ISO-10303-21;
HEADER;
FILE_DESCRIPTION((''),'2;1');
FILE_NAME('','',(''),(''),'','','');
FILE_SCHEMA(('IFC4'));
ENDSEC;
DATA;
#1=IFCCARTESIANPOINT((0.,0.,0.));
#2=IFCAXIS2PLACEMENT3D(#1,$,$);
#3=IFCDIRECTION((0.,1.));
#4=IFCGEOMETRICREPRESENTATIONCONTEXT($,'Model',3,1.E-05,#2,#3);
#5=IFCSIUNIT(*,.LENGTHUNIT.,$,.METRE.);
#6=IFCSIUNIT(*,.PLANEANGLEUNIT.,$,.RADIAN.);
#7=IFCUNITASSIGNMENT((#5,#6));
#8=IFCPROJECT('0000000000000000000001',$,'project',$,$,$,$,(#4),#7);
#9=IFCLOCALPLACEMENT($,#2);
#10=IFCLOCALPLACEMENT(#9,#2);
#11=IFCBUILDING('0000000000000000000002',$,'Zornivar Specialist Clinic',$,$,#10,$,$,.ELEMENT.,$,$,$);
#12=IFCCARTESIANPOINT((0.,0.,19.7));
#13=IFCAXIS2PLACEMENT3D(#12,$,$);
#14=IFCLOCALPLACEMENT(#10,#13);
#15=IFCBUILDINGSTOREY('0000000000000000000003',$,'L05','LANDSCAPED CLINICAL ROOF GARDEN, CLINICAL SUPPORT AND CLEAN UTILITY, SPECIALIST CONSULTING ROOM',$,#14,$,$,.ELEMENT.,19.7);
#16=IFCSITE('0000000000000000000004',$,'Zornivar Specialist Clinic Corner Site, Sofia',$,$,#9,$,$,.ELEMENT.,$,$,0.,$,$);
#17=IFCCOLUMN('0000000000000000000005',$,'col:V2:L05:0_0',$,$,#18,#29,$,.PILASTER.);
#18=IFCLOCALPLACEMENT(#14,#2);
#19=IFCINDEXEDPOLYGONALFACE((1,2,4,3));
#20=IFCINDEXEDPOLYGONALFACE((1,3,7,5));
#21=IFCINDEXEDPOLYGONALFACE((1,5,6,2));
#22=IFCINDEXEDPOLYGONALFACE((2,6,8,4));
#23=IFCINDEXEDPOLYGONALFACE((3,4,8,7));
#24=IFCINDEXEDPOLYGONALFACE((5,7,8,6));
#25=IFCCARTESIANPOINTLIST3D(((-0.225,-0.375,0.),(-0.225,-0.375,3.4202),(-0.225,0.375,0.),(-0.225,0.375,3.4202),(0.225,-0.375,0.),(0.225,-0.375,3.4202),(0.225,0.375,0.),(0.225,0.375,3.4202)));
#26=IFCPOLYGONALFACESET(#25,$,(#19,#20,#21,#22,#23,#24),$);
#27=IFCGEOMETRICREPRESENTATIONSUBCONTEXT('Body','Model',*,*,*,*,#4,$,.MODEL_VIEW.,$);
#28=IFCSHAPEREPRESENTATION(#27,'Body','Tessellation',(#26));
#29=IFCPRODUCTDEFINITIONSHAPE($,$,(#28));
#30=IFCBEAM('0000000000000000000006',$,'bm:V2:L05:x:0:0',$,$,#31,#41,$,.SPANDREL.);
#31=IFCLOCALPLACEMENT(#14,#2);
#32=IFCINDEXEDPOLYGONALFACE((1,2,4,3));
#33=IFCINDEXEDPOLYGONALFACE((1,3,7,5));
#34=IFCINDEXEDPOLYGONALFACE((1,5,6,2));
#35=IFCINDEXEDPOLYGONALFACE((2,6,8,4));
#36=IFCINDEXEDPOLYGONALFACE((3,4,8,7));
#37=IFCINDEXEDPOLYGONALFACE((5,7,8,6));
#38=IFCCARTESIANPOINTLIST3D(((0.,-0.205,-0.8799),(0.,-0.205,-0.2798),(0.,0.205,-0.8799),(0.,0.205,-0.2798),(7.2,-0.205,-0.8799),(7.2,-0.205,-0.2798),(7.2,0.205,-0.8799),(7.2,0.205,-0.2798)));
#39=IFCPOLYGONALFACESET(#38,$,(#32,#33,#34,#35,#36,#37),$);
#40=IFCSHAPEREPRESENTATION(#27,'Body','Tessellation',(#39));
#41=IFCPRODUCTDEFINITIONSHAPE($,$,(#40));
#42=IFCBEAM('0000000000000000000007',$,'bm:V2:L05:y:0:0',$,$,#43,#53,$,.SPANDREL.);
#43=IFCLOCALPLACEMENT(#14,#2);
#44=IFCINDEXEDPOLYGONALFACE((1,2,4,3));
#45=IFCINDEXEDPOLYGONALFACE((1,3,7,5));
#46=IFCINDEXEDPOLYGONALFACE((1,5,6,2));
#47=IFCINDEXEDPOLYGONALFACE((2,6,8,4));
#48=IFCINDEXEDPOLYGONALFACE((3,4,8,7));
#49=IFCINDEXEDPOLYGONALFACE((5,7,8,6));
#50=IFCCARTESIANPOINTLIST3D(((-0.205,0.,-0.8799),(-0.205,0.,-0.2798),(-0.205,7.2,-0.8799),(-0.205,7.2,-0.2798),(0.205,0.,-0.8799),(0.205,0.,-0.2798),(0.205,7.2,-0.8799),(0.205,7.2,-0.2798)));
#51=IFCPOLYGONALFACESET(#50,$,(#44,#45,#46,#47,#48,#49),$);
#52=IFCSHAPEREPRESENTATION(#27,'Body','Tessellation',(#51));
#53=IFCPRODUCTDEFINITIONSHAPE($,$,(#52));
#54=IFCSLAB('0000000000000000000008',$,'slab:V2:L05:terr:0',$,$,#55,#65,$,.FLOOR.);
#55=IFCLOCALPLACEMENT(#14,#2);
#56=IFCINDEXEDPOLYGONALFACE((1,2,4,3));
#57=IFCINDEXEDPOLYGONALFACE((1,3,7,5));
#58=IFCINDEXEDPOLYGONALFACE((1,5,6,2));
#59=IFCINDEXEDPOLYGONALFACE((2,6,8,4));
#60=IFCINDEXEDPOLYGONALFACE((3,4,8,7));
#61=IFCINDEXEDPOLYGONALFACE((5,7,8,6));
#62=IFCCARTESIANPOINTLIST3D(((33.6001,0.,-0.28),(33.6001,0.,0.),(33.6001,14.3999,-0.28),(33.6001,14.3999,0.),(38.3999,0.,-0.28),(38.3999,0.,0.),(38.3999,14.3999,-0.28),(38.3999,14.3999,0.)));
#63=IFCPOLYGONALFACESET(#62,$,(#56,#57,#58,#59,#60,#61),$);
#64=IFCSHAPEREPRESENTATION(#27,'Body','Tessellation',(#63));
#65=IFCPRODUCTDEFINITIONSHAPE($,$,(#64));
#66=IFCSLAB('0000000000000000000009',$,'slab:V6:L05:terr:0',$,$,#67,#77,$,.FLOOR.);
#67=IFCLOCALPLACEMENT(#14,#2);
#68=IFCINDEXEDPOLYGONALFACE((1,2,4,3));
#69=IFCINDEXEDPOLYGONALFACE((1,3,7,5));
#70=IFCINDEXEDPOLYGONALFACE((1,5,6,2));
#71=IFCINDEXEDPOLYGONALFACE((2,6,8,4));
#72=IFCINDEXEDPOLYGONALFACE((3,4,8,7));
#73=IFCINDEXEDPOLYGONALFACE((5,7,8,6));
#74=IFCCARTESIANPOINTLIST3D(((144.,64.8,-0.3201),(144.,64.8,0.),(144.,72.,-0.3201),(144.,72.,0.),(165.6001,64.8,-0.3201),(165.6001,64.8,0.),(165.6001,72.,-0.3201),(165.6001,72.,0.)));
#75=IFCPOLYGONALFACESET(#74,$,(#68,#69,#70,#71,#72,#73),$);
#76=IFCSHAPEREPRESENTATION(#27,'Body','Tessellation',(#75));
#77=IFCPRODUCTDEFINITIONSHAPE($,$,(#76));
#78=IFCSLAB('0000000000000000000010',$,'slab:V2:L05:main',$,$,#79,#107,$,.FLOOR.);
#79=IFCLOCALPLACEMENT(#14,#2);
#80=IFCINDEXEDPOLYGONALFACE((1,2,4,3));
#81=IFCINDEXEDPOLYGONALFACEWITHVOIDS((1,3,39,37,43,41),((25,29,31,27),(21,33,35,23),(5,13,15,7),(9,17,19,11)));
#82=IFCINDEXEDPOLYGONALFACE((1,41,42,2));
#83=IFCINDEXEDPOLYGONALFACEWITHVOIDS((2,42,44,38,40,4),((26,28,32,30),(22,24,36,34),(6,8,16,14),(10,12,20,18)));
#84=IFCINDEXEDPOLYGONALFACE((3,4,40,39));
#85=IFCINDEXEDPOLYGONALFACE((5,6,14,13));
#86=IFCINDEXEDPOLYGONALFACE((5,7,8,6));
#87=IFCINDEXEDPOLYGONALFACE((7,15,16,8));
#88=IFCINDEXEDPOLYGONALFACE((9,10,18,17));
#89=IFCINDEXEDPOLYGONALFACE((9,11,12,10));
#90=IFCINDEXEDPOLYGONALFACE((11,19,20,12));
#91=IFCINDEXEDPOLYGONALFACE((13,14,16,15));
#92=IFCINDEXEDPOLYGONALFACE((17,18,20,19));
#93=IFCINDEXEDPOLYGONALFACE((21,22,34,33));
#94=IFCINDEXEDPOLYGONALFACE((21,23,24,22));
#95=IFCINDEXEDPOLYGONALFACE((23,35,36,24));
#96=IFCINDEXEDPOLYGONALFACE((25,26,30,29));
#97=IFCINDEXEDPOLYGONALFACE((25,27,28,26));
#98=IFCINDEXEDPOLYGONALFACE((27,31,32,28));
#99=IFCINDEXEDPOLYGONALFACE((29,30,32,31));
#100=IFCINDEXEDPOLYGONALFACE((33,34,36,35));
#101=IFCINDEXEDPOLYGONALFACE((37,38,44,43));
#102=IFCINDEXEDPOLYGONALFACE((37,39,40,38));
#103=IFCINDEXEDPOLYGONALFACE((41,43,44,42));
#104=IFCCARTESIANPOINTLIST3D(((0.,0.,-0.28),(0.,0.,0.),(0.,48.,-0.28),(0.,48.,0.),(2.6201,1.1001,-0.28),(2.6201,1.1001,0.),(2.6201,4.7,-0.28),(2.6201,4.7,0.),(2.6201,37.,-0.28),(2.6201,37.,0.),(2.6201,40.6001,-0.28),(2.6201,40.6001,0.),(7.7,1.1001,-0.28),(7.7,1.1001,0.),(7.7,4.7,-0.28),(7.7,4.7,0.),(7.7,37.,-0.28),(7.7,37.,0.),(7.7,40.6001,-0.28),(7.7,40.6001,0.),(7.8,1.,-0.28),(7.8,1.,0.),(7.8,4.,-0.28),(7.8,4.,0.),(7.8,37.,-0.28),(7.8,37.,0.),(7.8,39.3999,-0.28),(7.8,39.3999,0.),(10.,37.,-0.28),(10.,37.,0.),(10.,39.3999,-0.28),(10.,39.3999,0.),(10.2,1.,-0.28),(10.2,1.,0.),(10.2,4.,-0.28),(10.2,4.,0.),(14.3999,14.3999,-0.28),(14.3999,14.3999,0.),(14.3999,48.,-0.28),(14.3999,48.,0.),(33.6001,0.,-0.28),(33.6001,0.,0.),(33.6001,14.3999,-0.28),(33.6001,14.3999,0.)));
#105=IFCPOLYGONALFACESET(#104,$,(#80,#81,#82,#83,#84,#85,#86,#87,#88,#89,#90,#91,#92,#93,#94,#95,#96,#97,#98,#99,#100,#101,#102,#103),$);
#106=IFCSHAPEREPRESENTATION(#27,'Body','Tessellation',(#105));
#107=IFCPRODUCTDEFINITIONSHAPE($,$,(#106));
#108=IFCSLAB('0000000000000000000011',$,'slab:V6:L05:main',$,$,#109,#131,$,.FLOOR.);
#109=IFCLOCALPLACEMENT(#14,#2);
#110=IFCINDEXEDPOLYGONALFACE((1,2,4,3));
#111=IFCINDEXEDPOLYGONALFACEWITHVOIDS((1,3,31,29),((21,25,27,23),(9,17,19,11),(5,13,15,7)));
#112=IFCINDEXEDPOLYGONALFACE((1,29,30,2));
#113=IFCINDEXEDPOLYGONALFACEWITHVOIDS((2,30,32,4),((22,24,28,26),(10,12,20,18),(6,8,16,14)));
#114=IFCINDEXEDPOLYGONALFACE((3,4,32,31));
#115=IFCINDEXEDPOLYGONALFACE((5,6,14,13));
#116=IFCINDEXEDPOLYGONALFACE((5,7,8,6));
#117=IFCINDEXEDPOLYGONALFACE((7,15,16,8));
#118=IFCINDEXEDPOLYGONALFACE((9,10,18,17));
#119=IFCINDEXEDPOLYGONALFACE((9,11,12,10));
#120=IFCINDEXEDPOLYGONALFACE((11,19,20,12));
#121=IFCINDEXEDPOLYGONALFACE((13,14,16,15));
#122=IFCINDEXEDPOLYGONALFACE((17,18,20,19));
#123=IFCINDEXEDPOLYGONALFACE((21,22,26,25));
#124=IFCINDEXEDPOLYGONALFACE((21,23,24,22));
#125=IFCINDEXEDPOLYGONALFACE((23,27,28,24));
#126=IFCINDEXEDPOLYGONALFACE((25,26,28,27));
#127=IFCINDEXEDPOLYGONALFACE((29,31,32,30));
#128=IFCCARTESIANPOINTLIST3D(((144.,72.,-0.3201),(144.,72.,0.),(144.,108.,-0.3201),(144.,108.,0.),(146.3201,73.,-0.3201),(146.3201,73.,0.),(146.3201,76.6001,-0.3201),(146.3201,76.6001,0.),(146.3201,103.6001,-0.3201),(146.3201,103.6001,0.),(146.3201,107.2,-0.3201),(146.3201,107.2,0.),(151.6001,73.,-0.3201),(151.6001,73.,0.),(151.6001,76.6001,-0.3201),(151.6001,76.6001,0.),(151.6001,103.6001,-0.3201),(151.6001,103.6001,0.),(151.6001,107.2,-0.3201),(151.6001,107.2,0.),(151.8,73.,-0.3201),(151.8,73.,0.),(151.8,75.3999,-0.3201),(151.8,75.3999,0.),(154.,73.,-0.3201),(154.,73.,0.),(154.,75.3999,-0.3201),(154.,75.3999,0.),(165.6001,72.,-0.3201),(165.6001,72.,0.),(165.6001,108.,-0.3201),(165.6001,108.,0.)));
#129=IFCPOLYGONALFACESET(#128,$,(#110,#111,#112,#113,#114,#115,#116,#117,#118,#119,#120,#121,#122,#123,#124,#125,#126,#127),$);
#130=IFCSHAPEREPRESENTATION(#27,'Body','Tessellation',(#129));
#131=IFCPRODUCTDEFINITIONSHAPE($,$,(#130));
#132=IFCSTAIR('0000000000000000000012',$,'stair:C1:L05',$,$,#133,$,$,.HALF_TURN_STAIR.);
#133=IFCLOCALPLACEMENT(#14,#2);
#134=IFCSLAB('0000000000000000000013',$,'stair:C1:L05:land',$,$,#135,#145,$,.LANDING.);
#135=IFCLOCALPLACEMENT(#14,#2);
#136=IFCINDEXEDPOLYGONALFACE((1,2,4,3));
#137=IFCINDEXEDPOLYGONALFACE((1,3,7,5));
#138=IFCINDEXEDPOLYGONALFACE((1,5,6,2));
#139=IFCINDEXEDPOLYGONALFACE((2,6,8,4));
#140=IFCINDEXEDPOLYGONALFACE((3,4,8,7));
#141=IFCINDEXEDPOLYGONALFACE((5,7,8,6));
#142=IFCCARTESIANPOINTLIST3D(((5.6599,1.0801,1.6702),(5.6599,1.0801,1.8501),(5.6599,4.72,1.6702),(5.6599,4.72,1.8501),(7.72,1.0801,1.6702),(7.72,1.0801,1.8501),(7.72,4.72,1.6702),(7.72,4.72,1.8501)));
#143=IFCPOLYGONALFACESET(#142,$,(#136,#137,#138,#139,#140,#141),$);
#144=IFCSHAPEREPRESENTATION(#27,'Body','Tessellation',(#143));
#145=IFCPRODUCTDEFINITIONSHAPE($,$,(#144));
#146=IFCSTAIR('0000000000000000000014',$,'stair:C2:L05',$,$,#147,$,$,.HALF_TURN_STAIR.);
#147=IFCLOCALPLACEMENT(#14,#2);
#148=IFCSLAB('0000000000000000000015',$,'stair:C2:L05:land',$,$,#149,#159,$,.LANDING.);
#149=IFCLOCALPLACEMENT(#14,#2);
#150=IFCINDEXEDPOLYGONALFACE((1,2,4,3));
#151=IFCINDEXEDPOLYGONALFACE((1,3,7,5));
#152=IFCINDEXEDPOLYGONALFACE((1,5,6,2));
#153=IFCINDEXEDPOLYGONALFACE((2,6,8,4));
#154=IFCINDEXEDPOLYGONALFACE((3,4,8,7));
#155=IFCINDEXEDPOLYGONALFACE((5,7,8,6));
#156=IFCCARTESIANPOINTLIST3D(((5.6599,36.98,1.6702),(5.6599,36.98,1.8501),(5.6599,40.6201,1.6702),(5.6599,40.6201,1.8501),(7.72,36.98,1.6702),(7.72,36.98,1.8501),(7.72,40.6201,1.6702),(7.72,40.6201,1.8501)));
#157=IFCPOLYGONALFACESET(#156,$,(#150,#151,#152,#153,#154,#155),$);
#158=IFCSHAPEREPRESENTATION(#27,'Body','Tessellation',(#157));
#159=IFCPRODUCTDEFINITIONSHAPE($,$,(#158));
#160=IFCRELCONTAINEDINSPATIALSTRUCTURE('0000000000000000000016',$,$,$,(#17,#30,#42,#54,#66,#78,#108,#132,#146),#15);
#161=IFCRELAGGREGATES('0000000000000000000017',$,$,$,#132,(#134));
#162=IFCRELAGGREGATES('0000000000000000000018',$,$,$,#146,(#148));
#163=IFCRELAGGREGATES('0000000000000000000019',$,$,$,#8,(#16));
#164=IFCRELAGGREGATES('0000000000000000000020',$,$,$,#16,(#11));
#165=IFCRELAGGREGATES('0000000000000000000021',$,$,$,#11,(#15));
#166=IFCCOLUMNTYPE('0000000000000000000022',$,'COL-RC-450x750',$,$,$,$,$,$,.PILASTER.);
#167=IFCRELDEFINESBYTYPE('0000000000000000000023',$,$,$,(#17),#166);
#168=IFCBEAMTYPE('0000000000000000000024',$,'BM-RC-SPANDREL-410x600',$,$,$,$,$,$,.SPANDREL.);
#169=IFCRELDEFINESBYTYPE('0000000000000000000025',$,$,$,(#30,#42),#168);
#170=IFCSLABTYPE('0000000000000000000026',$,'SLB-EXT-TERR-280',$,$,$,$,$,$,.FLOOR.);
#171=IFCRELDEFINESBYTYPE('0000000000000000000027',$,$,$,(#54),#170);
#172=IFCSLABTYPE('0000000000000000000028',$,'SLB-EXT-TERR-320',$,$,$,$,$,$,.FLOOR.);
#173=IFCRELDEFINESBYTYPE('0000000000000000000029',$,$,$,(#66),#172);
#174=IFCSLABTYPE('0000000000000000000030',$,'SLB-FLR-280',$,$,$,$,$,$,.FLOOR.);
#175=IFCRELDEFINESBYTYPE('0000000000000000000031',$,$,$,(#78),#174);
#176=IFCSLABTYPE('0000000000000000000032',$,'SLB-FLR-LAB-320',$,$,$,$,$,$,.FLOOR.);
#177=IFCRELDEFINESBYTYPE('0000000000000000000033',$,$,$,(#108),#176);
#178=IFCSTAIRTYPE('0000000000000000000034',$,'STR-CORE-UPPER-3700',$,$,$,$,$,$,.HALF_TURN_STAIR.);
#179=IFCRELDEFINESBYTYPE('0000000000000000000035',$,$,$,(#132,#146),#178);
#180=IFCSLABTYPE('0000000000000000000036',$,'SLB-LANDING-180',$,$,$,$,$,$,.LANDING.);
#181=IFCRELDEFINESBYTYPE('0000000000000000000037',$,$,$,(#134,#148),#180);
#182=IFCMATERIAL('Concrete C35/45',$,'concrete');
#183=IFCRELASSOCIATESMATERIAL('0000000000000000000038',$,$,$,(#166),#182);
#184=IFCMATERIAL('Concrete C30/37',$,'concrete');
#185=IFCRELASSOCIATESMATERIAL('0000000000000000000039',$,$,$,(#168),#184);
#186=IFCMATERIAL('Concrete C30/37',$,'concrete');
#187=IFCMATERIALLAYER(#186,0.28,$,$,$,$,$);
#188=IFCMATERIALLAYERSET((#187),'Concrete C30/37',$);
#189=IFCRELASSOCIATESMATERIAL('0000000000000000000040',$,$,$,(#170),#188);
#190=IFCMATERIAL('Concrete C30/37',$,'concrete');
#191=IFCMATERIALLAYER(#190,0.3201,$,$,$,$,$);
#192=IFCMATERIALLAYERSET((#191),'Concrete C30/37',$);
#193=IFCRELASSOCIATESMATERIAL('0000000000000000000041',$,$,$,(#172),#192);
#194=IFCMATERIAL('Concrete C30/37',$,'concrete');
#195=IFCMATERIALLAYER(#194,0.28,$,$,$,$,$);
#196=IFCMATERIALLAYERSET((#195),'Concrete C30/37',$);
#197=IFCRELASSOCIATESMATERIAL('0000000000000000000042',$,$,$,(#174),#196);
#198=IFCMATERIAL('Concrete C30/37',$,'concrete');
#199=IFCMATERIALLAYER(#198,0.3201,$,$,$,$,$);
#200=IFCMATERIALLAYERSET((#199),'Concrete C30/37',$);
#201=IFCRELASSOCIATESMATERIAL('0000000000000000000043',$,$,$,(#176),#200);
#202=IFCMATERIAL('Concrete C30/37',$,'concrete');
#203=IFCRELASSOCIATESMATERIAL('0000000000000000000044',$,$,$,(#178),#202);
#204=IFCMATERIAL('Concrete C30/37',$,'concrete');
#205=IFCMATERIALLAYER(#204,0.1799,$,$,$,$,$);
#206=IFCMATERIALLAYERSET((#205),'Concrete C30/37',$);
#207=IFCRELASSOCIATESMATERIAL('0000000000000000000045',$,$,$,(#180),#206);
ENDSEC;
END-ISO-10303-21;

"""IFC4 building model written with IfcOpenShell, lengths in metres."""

from ifc_helpers import new_model, si_unit, direction, frame, origin, origin_with_axes, origin_2d, place, context, subcontext, project, spatial, polyline, rectangle, outline, extrude, material, layer, layer_set, material_profile, profile_set, type_object, element, aggregate, save


model = new_model("IFC4")

# Units and contexts
model_context = context("Model", 3, precision=1e-05, world=origin(), true_north=direction((0.0, 1.0)))
body_context = subcontext(model_context, "Body", "Model", "MODEL_VIEW")
ifc_project = project(units=[si_unit("LENGTHUNIT", "METRE"), si_unit("PLANEANGLEUNIT", "RADIAN")], contexts=[model_context])

# Site, building, storey
site_placement = place(None, origin())
site = spatial("IfcSite", under=ifc_project, at=site_placement, Name="Zornivar Specialist Clinic Corner Site, Sofia", CompositionType="ELEMENT", RefElevation=0.0)
building_placement = place(site_placement, origin())
building = spatial("IfcBuilding", under=site, at=building_placement, Name="Zornivar Specialist Clinic", CompositionType="ELEMENT")
storey_placement = place(building_placement, frame((0.0, 0.0, 19.7)))
storey = spatial("IfcBuildingStorey", under=building, at=storey_placement, Name="L05", Description="LANDSCAPED CLINICAL ROOF GARDEN, CLINICAL SUPPORT AND CLEAN UTILITY, SPECIALIST CONSULTING ROOM", CompositionType="ELEMENT", Elevation=19.7)

# Column
ifc_material_1 = material(Name="Concrete C35/45", Category="concrete")
ifc_material_profile_1 = material_profile(ifc_material_1, rectangle(XDim=0.45, YDim=0.75, at=origin_2d()), Name="RC 450x750")
ifc_profile_set_1 = profile_set([ifc_material_profile_1], Name="Concrete C35/45")
column_type = type_object("IfcColumnType", Name="COL-RC-450x750", PredefinedType="PILASTER", material=ifc_profile_set_1)
column_placement = place(storey_placement, origin_with_axes())
element("IfcColumn", 1, at=column_placement, inside=storey, type_object=column_type, Name="col:V2:L05:0_0", PredefinedType="PILASTER", context=body_context, shape_type="SweptSolid", body=[
    extrude(rectangle(XDim=0.45, YDim=0.75, at=origin_2d()), origin(), (0.0, 0.0, 1.0), 3.4202),
])

# Beams
ifc_material_2 = material(Name="Concrete C30/37", Category="concrete")
ifc_material_profile_2 = material_profile(ifc_material_2, rectangle(XDim=0.4099, YDim=0.6001, at=origin_2d()), Name="RC 410x600")
ifc_profile_set_2 = profile_set([ifc_material_profile_2], Name="Concrete C30/37")
beam_type = type_object("IfcBeamType", Name="BM-RC-SPANDREL-410x600", PredefinedType="SPANDREL", material=ifc_profile_set_2)
for number, where, z_axis, x_axis, name in (
    (2, (0.0, 0.0, -0.5798), (1.0, 0.0, 0.0), (0.0, 1.0, 0.0), "bm:V2:L05:x:0:0"),
    (3, (0.0, 0.0, -0.5798), (0.0, 1.0, 0.0), (-1.0, 0.0, 0.0), "bm:V2:L05:y:0:0"),
):
    element("IfcBeam", number, at=place(storey_placement, frame(where, z_axis=z_axis, x_axis=x_axis)), inside=storey, type_object=beam_type, Name=name, PredefinedType="SPANDREL", context=body_context, shape_type="SweptSolid", body=[
        extrude(rectangle(XDim=0.4099, YDim=0.6001, at=origin_2d()), origin(), (0.0, 0.0, 1.0), 7.2),
    ])

# Slabs
ifc_material_3 = material(Name="Concrete C30/37", Category="concrete")
ifc_layer_1 = layer(ifc_material_3, 0.28)
ifc_layer_set_1 = layer_set([ifc_layer_1], Name="Concrete C30/37")
slab_type_1 = type_object("IfcSlabType", Name="SLB-EXT-TERR-280", PredefinedType="FLOOR", material=ifc_layer_set_1)
slab_1_placement = place(storey_placement, frame((0.0, 0.0, -0.28)))
element("IfcSlab", 4, at=slab_1_placement, inside=storey, type_object=slab_type_1, Name="slab:V2:L05:terr:0", PredefinedType="FLOOR", context=body_context, shape_type="SweptSolid", body=[
    extrude(outline(polyline([(33.6001, 0.0), (38.3999, 0.0), (38.3999, 14.3999), (33.6001, 14.3999), (33.6001, 0.0)])), origin(), (0.0, 0.0, 1.0), 0.28),
])
ifc_material_4 = material(Name="Concrete C30/37", Category="concrete")
ifc_layer_2 = layer(ifc_material_4, 0.3201)
ifc_layer_set_2 = layer_set([ifc_layer_2], Name="Concrete C30/37")
slab_type_2 = type_object("IfcSlabType", Name="SLB-EXT-TERR-320", PredefinedType="FLOOR", material=ifc_layer_set_2)
slab_2_placement = place(storey_placement, frame((0.0, 0.0, -0.3201)))
element("IfcSlab", 5, at=slab_2_placement, inside=storey, type_object=slab_type_2, Name="slab:V6:L05:terr:0", PredefinedType="FLOOR", context=body_context, shape_type="SweptSolid", body=[
    extrude(outline(polyline([(144.0, 64.8), (165.6001, 64.8), (165.6001, 72.0), (144.0, 72.0), (144.0, 64.8)])), origin(), (0.0, 0.0, 1.0), 0.3201),
])
ifc_material_5 = material(Name="Concrete C30/37", Category="concrete")
ifc_layer_3 = layer(ifc_material_5, 0.28)
ifc_layer_set_3 = layer_set([ifc_layer_3], Name="Concrete C30/37")
slab_type_3 = type_object("IfcSlabType", Name="SLB-FLR-280", PredefinedType="FLOOR", material=ifc_layer_set_3)
slab_3_placement = place(storey_placement, frame((0.0, 0.0, -0.28)))
element("IfcSlab", 6, at=slab_3_placement, inside=storey, type_object=slab_type_3, Name="slab:V2:L05:main", PredefinedType="FLOOR", context=body_context, shape_type="SweptSolid", body=[
    extrude(outline(polyline([(0.0, 0.0), (33.6001, 0.0), (33.6001, 14.3999), (14.3999, 14.3999), (14.3999, 48.0), (0.0, 48.0), (0.0, 0.0)]), holes=[polyline([(2.6201, 1.1001), (7.7, 1.1001), (7.7, 4.7), (2.6201, 4.7), (2.6201, 1.1001)]), polyline([(7.8, 1.0), (10.2, 1.0), (10.2, 4.0), (7.8, 4.0), (7.8, 1.0)]), polyline([(2.6201, 37.0), (7.7, 37.0), (7.7, 40.6001), (2.6201, 40.6001), (2.6201, 37.0)]), polyline([(7.8, 37.0), (10.0, 37.0), (10.0, 39.3999), (7.8, 39.3999), (7.8, 37.0)])]), origin(), (0.0, 0.0, 1.0), 0.28),
])
ifc_material_6 = material(Name="Concrete C30/37", Category="concrete")
ifc_layer_4 = layer(ifc_material_6, 0.3201)
ifc_layer_set_4 = layer_set([ifc_layer_4], Name="Concrete C30/37")
slab_type_4 = type_object("IfcSlabType", Name="SLB-FLR-LAB-320", PredefinedType="FLOOR", material=ifc_layer_set_4)
slab_4_placement = place(storey_placement, frame((0.0, 0.0, -0.3201)))
element("IfcSlab", 7, at=slab_4_placement, inside=storey, type_object=slab_type_4, Name="slab:V6:L05:main", PredefinedType="FLOOR", context=body_context, shape_type="SweptSolid", body=[
    extrude(outline(polyline([(144.0, 72.0), (165.6001, 72.0), (165.6001, 108.0), (144.0, 108.0), (144.0, 72.0)]), holes=[polyline([(146.3201, 73.0), (151.6001, 73.0), (151.6001, 76.6001), (146.3201, 76.6001), (146.3201, 73.0)]), polyline([(151.8, 73.0), (154.0, 73.0), (154.0, 75.3999), (151.8, 75.3999), (151.8, 73.0)]), polyline([(146.3201, 103.6001), (151.6001, 103.6001), (151.6001, 107.2), (146.3201, 107.2), (146.3201, 103.6001)])]), origin(), (0.0, 0.0, 1.0), 0.3201),
])

# Stairs, slabs
ifc_material_7 = material(Name="Concrete C30/37", Category="concrete")
stair_type = type_object("IfcStairType", Name="STR-CORE-UPPER-3700", PredefinedType="HALF_TURN_STAIR", material=ifc_material_7)
stair_1_placement = place(storey_placement, origin())
stair_1 = element("IfcStair", 8, at=stair_1_placement, inside=storey, type_object=stair_type, Name="stair:C1:L05", PredefinedType="HALF_TURN_STAIR")
ifc_material_8 = material(Name="Concrete C30/37", Category="concrete")
ifc_layer_5 = layer(ifc_material_8, 0.1799)
ifc_layer_set_5 = layer_set([ifc_layer_5], Name="Concrete C30/37")
slab_type_5 = type_object("IfcSlabType", Name="SLB-LANDING-180", PredefinedType="LANDING", material=ifc_layer_set_5)
slab_5_placement = place(storey_placement, frame((0.0, 0.0, 1.6702)))
slab_5 = element("IfcSlab", 9, at=slab_5_placement, type_object=slab_type_5, Name="stair:C1:L05:land", PredefinedType="LANDING", context=body_context, shape_type="SweptSolid", body=[
    extrude(outline(polyline([(5.6599, 1.0801), (7.72, 1.0801), (7.72, 4.72), (5.6599, 4.72), (5.6599, 1.0801)])), origin(), (0.0, 0.0, 1.0), 0.1799),
])
aggregate(stair_1, [slab_5])
stair_2_placement = place(storey_placement, origin())
stair_2 = element("IfcStair", 10, at=stair_2_placement, inside=storey, type_object=stair_type, Name="stair:C2:L05", PredefinedType="HALF_TURN_STAIR")
slab_6_placement = place(storey_placement, frame((0.0, 0.0, 1.6702)))
slab_6 = element("IfcSlab", 11, at=slab_6_placement, type_object=slab_type_5, Name="stair:C2:L05:land", PredefinedType="LANDING", context=body_context, shape_type="SweptSolid", body=[
    extrude(outline(polyline([(5.6599, 36.98), (7.72, 36.98), (7.72, 40.6201), (5.6599, 40.6201), (5.6599, 36.98)])), origin(), (0.0, 0.0, 1.0), 0.1799),
])
aggregate(stair_2, [slab_6])

save(model, "model.ifc")
